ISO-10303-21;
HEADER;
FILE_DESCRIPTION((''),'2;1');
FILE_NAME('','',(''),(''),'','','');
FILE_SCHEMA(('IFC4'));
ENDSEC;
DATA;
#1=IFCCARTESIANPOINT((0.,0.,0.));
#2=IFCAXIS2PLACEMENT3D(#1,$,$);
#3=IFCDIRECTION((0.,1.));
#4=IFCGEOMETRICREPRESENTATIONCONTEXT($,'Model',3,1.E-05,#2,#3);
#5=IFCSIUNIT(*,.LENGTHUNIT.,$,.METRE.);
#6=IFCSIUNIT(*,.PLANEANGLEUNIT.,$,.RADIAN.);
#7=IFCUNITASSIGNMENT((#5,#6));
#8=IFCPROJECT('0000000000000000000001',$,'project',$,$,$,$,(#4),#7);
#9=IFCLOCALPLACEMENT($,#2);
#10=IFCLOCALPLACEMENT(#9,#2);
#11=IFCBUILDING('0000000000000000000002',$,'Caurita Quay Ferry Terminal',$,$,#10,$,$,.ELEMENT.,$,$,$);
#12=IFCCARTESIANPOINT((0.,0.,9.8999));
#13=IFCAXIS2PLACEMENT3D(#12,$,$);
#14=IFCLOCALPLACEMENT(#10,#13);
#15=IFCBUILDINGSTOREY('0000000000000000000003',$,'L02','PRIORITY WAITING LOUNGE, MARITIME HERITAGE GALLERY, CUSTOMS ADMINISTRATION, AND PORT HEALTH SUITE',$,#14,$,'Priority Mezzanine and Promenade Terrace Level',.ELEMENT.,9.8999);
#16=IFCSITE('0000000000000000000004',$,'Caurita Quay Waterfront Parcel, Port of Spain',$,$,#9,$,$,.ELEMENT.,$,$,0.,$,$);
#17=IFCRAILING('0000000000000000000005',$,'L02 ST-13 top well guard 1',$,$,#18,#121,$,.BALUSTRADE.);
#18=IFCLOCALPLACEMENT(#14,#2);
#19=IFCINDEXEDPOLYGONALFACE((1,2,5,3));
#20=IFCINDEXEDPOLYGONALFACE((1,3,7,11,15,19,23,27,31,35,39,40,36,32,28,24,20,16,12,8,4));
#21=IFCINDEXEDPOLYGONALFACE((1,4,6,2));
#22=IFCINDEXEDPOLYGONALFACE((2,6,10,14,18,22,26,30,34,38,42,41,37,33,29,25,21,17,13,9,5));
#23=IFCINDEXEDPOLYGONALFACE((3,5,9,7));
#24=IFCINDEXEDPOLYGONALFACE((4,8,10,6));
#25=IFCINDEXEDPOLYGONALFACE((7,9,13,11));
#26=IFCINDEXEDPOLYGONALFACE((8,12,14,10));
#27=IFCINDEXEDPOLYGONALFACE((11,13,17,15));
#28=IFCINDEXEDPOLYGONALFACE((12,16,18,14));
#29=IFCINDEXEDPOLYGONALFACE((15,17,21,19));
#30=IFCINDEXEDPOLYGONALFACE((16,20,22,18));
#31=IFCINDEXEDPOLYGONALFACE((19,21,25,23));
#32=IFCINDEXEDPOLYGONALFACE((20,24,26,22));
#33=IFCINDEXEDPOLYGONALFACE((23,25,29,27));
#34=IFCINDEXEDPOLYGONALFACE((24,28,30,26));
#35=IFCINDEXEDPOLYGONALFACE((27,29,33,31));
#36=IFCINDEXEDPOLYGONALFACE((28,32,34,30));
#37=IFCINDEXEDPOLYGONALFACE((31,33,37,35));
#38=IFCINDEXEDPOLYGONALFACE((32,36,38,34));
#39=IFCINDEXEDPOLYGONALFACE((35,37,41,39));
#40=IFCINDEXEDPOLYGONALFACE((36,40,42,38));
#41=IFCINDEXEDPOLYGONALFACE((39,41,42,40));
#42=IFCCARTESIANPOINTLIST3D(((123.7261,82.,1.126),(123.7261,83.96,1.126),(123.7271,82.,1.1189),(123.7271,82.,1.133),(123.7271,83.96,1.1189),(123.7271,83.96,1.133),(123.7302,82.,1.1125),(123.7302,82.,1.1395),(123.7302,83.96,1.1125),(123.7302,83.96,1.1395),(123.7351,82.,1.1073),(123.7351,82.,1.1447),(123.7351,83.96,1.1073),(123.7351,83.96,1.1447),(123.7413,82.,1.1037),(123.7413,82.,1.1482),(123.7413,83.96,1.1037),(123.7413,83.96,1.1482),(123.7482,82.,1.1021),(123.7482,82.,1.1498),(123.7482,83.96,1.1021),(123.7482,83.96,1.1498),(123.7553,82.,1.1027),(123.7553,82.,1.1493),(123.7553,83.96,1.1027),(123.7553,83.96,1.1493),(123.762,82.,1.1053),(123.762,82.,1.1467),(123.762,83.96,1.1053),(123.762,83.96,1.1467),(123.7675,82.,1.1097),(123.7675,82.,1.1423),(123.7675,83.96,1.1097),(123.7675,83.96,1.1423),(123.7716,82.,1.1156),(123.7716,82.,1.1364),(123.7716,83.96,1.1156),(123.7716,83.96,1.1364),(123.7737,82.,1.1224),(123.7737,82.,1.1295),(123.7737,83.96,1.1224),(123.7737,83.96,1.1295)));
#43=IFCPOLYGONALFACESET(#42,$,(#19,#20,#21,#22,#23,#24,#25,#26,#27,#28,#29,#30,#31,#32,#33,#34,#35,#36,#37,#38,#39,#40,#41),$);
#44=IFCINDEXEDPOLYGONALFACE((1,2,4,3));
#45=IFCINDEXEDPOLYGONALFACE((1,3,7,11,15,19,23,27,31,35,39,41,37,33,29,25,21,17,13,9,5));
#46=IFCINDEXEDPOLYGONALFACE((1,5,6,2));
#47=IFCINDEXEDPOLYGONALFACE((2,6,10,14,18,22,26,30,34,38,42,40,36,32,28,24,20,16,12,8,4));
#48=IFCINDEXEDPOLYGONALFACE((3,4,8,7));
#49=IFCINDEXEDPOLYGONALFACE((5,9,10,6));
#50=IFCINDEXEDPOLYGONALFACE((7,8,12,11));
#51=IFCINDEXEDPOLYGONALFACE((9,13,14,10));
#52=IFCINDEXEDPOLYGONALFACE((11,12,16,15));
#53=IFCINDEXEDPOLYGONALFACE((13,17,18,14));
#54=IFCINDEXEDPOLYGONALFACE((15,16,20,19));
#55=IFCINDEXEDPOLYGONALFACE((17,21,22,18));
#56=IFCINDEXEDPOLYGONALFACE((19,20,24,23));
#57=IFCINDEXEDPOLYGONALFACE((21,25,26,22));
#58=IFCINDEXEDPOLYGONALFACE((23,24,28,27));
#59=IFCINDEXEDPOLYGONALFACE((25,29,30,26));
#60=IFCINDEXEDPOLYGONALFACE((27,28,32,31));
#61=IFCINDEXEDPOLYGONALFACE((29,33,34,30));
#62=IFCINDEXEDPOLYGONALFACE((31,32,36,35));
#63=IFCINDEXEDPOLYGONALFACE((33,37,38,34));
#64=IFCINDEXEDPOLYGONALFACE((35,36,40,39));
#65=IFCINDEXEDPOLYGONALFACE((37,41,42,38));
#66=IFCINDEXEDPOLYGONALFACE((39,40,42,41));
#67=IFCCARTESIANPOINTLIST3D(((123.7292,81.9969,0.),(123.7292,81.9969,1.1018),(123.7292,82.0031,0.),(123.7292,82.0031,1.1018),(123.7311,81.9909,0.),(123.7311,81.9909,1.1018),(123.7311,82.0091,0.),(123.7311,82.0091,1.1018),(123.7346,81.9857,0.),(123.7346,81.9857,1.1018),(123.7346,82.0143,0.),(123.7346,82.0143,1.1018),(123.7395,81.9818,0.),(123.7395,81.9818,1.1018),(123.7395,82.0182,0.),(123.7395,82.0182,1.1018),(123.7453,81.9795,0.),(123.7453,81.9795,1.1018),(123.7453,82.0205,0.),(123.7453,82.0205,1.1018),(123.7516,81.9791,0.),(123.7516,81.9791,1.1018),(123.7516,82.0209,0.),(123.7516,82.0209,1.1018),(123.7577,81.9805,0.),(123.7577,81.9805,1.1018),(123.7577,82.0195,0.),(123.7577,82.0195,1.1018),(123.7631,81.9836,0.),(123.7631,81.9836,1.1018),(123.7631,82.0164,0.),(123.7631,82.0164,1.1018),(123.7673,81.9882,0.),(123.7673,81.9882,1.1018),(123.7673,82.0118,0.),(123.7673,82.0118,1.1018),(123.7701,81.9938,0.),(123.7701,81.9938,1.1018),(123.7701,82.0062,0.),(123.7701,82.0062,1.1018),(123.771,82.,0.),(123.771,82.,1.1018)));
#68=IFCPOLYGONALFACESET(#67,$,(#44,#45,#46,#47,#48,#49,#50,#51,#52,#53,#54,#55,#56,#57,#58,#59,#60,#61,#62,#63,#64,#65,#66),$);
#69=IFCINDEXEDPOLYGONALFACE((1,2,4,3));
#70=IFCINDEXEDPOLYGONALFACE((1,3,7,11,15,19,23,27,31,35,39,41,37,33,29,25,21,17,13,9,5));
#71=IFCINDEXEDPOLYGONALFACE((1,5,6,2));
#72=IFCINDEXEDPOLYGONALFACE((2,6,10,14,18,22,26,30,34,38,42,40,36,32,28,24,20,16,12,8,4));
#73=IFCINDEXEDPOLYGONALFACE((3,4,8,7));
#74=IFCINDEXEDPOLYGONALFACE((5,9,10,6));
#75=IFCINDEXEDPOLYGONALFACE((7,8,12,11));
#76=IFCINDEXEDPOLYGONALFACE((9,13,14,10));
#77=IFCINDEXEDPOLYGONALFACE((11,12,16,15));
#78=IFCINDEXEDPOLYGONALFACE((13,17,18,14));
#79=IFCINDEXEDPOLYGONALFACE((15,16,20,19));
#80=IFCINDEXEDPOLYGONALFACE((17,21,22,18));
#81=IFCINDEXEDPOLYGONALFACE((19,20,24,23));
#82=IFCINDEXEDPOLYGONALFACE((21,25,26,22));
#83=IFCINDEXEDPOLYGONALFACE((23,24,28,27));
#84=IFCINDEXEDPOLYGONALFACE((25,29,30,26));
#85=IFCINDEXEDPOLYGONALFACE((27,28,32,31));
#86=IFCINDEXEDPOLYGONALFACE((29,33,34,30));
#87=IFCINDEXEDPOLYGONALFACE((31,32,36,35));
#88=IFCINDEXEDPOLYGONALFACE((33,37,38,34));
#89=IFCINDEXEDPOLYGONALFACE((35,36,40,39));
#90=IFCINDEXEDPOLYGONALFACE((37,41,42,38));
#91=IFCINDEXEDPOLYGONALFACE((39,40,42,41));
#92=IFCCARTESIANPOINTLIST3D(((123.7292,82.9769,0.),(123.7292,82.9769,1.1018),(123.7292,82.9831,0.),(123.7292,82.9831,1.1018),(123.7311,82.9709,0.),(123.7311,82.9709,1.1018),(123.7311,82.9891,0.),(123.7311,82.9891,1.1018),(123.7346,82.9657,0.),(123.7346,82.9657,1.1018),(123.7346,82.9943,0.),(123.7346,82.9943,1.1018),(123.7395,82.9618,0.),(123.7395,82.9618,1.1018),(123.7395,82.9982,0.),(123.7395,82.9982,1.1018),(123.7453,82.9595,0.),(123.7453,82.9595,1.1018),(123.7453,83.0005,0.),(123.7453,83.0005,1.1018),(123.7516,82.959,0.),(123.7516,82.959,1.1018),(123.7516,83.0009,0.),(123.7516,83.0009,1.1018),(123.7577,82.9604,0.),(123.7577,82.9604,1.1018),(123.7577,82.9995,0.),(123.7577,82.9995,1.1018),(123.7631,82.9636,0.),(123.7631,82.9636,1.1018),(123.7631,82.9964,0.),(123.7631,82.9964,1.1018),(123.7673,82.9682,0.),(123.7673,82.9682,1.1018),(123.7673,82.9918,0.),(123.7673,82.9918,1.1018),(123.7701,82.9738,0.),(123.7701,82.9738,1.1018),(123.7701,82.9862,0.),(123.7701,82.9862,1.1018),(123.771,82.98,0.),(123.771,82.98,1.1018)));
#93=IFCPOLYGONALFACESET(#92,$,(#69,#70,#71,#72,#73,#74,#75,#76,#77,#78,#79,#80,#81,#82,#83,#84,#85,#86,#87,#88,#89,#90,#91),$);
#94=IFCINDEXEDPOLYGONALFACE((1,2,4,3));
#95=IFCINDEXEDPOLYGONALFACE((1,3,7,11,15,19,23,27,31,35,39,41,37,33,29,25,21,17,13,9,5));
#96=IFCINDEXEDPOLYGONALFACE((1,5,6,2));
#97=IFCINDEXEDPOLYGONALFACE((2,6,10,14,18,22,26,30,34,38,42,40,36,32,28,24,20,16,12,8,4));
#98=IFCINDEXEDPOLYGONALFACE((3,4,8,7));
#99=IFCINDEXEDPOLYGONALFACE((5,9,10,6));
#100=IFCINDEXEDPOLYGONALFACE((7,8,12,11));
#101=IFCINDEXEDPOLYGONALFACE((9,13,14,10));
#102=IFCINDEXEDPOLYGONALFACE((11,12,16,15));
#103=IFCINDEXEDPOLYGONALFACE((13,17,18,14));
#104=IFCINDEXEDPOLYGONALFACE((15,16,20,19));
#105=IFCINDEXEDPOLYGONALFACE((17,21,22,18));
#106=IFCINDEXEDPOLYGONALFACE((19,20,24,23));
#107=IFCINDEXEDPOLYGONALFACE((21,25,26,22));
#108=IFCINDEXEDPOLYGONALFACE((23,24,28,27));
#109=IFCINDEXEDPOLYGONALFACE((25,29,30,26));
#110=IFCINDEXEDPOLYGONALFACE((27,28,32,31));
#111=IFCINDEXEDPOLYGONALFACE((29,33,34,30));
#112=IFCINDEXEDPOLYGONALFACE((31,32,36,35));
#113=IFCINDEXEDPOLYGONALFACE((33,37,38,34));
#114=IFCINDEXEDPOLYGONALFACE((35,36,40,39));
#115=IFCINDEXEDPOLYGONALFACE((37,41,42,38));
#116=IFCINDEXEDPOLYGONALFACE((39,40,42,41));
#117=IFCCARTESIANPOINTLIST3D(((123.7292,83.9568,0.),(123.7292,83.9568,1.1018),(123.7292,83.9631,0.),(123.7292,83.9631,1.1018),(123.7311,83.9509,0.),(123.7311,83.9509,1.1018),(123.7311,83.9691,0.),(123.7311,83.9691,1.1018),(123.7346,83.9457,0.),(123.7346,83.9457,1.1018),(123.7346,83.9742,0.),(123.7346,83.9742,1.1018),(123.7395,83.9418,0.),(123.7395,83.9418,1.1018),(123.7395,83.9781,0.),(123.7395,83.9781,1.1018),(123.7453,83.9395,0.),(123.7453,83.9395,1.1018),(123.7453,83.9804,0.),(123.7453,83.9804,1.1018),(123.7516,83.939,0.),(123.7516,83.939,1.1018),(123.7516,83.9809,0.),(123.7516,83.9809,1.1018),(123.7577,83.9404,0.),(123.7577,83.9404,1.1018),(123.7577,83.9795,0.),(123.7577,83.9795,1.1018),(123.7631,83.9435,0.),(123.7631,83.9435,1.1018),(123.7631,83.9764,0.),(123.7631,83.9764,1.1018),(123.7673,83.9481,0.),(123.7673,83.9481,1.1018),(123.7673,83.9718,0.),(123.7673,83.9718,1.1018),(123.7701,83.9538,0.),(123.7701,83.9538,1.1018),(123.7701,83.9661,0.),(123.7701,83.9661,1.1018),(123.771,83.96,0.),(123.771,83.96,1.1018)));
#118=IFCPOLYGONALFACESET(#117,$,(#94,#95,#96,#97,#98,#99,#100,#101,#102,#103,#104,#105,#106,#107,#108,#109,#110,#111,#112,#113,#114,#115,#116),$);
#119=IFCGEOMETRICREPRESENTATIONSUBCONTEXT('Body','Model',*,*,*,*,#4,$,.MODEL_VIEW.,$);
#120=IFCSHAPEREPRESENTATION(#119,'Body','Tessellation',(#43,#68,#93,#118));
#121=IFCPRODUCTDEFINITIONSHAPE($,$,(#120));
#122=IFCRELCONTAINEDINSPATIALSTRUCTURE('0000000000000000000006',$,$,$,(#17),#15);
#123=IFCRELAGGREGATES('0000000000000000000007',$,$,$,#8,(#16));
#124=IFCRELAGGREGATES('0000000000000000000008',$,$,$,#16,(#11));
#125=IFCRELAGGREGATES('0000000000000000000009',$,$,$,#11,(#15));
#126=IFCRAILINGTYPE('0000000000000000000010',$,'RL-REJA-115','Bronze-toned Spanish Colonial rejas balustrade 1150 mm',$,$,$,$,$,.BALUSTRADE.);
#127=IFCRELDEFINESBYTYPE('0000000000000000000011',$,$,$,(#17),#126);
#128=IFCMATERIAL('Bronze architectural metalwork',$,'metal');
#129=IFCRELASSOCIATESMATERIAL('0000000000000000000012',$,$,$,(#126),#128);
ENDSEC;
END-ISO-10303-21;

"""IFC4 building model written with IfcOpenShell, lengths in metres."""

from ifc_helpers import new_model, si_unit, direction, frame, origin, origin_2d, place, context, subcontext, project, spatial, circle, extrude, material, type_object, element, save


model = new_model("IFC4")

# Units and contexts
model_context = context("Model", 3, precision=1e-05, world=origin(), true_north=direction((0.0, 1.0)))
body_context = subcontext(model_context, "Body", "Model", "MODEL_VIEW")
ifc_project = project(units=[si_unit("LENGTHUNIT", "METRE"), si_unit("PLANEANGLEUNIT", "RADIAN")], contexts=[model_context])

# Site, building, storey
site_placement = place(None, origin())
site = spatial("IfcSite", under=ifc_project, at=site_placement, Name="Caurita Quay Waterfront Parcel, Port of Spain", CompositionType="ELEMENT", RefElevation=0.0)
building_placement = place(site_placement, origin())
building = spatial("IfcBuilding", under=site, at=building_placement, Name="Caurita Quay Ferry Terminal", CompositionType="ELEMENT")
storey_placement = place(building_placement, frame((0.0, 0.0, 9.8999)))
storey = spatial("IfcBuildingStorey", under=building, at=storey_placement, Name="L02", Description="PRIORITY WAITING LOUNGE, MARITIME HERITAGE GALLERY, CUSTOMS ADMINISTRATION, AND PORT HEALTH SUITE", LongName="Priority Mezzanine and Promenade Terrace Level", CompositionType="ELEMENT", Elevation=9.8999)

# Railing
ifc_material_1 = material(Name="Bronze architectural metalwork", Category="metal")
railing_type = type_object("IfcRailingType", Name="RL-REJA-115", Description="Bronze-toned Spanish Colonial rejas balustrade 1150 mm", PredefinedType="BALUSTRADE", material=ifc_material_1)
railing_1_placement = place(storey_placement, frame((123.75, 82.0, 0.0)))
element("IfcRailing", 1, at=railing_1_placement, inside=storey, type_object=railing_type, Name="L02 ST-13 top well guard 1", PredefinedType="BALUSTRADE", context=body_context, shape_type="SweptSolid", body=[
    extrude(circle(Radius=0.0239, at=origin_2d()), frame((0.0, 0.0, 1.126), z_axis=(0.0, 1.0, 0.0), x_axis=(-1.0, 0.0, 0.0)), (0.0, 0.0, 1.0), 1.96),
    extrude(circle(Radius=0.021, at=origin_2d()), origin(), (0.0, 0.0, 1.0), 1.1018),
    extrude(circle(Radius=0.021, at=origin_2d()), frame((0.0, 0.98, 0.0)), (0.0, 0.0, 1.0), 1.1018),
    extrude(circle(Radius=0.021, at=origin_2d()), frame((0.0, 1.96, 0.0)), (0.0, 0.0, 1.0), 1.1018),
])

save(model, "model.ifc")
